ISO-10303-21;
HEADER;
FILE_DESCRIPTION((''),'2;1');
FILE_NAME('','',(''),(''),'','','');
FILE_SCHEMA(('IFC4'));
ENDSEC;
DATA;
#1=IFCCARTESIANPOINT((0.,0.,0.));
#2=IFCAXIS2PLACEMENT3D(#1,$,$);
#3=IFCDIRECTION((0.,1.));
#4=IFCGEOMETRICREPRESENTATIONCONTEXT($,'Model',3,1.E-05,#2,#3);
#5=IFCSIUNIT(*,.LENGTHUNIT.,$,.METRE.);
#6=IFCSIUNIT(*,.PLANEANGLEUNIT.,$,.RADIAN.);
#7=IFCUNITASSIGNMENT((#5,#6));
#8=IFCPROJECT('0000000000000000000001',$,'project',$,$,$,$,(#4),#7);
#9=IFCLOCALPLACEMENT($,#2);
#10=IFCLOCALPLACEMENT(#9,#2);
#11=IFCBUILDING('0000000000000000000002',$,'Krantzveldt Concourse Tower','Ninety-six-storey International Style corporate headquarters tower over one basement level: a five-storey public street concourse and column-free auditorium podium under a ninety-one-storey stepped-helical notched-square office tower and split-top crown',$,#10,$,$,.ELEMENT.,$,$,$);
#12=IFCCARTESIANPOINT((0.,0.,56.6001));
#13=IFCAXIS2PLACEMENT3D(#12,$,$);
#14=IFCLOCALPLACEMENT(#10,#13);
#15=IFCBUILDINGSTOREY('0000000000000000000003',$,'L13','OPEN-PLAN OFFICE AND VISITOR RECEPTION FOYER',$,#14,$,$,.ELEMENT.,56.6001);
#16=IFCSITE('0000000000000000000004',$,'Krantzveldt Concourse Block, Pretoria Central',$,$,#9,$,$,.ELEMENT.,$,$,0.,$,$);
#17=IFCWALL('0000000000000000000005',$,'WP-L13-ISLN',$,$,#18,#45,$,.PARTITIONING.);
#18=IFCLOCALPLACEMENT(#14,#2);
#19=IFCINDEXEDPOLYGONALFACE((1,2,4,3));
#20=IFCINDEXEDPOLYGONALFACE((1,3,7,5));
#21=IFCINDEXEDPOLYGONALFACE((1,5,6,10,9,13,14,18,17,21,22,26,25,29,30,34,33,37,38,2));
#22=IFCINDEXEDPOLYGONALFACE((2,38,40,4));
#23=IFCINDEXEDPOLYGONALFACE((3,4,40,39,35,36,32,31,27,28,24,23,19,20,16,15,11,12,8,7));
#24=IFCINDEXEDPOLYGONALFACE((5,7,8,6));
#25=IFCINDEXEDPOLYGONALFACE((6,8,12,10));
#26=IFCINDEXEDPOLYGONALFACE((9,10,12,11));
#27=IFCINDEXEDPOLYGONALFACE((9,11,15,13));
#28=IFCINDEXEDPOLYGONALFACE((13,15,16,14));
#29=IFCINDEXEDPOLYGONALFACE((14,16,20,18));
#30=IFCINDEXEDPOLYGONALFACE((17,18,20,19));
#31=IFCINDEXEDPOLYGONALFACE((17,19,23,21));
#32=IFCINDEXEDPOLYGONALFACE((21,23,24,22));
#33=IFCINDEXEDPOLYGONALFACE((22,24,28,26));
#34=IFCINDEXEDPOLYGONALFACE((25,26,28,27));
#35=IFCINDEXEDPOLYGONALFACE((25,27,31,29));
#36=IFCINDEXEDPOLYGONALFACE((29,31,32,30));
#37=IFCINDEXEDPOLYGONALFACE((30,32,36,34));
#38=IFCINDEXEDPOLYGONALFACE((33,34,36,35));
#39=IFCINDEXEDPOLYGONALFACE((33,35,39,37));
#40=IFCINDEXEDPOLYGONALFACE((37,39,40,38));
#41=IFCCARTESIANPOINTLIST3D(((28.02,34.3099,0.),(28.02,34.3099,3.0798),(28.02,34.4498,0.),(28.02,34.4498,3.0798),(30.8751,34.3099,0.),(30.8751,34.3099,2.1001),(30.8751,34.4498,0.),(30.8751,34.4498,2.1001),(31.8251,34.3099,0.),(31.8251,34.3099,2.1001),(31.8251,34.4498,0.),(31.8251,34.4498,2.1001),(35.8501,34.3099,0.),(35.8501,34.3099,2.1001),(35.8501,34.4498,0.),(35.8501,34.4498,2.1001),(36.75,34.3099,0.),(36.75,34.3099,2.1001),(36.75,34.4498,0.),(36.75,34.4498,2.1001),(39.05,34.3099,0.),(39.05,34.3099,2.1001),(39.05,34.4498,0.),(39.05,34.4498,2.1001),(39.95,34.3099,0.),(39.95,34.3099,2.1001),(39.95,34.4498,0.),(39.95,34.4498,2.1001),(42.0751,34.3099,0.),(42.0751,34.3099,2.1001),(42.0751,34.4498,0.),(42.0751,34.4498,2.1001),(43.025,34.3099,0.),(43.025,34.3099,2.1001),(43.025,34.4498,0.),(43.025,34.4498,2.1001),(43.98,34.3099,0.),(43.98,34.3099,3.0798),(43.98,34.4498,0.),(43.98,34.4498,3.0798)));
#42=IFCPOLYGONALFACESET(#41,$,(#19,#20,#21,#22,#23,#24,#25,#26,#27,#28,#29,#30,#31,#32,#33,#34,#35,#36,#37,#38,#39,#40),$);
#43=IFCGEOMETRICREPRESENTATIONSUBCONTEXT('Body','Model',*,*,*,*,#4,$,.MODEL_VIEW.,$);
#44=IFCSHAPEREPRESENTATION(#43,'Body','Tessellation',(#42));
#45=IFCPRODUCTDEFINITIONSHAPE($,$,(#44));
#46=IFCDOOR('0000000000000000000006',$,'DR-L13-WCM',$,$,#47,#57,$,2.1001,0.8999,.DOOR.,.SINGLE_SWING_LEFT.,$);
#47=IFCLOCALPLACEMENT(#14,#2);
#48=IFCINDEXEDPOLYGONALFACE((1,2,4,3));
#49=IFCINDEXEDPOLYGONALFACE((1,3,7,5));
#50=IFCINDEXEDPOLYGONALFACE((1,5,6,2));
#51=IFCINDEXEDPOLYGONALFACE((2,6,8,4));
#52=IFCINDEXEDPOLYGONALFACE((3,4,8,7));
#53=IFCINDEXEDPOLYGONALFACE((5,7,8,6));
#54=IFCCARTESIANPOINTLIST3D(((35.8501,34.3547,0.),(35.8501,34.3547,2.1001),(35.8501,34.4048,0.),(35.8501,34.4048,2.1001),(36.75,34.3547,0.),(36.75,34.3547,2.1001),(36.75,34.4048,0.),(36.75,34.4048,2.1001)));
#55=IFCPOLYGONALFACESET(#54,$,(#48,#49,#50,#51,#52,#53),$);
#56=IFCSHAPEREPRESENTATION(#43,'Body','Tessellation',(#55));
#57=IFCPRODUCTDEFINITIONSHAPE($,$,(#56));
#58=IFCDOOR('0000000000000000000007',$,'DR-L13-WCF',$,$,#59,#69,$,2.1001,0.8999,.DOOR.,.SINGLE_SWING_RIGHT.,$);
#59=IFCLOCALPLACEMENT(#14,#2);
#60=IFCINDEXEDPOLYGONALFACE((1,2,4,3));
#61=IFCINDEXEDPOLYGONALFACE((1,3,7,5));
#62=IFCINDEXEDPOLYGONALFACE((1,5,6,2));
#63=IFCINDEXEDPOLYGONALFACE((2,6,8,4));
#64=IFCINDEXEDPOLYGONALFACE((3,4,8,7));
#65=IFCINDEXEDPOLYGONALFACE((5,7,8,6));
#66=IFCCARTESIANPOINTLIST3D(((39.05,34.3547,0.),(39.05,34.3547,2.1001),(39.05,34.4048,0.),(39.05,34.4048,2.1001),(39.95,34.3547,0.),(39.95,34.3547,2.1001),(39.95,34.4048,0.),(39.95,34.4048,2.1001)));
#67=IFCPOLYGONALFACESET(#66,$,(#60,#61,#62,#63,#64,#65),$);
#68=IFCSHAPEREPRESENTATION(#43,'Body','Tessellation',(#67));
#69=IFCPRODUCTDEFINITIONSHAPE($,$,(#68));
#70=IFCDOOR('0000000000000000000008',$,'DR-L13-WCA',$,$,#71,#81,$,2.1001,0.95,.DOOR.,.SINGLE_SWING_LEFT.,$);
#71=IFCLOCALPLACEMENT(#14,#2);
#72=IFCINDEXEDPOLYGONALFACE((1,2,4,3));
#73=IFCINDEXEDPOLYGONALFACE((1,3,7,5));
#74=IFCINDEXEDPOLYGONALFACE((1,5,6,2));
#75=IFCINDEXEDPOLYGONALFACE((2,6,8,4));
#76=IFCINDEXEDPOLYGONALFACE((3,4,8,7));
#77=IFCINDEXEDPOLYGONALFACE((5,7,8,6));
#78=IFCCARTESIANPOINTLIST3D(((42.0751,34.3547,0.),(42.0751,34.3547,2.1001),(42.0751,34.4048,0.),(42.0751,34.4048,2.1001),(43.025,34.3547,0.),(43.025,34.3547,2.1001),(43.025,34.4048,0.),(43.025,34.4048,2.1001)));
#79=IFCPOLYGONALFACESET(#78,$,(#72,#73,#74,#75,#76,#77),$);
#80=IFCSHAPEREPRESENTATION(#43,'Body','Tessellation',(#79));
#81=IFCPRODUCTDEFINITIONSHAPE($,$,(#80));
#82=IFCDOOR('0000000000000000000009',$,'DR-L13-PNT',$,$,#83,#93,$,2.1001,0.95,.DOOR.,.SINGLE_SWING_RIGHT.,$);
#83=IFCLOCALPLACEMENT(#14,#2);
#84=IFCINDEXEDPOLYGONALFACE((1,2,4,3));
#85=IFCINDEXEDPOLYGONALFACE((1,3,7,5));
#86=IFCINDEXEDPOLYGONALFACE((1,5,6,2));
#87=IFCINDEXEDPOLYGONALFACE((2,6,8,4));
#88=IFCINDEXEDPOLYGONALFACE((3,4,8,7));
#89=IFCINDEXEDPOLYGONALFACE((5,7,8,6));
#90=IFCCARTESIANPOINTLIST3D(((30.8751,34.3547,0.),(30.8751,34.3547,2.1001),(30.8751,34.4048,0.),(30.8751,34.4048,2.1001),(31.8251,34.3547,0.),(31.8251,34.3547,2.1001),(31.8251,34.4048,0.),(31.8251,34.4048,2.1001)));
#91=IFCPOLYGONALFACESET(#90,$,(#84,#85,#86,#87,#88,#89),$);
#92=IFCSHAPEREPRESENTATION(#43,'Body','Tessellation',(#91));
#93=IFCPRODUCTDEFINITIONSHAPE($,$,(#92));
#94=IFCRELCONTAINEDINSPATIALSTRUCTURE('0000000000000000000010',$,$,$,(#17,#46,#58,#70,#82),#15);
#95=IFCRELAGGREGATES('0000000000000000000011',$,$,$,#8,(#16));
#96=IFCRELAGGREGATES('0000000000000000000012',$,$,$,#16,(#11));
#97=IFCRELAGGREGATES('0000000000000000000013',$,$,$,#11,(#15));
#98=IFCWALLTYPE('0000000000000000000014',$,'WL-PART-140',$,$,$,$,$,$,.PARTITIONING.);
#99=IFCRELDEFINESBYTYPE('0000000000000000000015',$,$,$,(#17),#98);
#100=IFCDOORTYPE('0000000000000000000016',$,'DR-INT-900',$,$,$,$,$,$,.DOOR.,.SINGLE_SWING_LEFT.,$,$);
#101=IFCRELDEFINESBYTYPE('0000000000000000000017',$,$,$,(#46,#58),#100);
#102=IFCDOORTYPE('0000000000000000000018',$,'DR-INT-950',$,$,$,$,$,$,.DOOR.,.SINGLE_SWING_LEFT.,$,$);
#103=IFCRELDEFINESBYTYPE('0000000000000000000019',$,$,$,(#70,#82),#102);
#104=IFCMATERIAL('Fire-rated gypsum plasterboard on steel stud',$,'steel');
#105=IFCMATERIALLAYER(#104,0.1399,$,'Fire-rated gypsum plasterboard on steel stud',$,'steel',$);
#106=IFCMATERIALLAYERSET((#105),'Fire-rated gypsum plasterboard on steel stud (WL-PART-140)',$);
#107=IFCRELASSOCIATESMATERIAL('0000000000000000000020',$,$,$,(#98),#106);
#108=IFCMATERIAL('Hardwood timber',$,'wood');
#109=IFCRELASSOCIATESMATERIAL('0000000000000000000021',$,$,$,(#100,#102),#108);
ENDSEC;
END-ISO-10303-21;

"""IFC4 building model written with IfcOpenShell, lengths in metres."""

from ifc_helpers import new_model, si_unit, direction, frame, frame_2d, origin, place, context, subcontext, project, spatial, rectangle, extrude, material, layer, layer_set, type_object, element, fill, save


model = new_model("IFC4")

# Units and contexts
model_context = context("Model", 3, precision=1e-05, world=origin(), true_north=direction((0.0, 1.0)))
body_context = subcontext(model_context, "Body", "Model", "MODEL_VIEW")
ifc_project = project(units=[si_unit("LENGTHUNIT", "METRE"), si_unit("PLANEANGLEUNIT", "RADIAN")], contexts=[model_context])

# Site, building, storey
site_placement = place(None, origin())
site = spatial("IfcSite", under=ifc_project, at=site_placement, Name="Krantzveldt Concourse Block, Pretoria Central", CompositionType="ELEMENT", RefElevation=0.0)
building_placement = place(site_placement, origin())
building = spatial("IfcBuilding", under=site, at=building_placement, Name="Krantzveldt Concourse Tower", Description="Ninety-six-storey International Style corporate headquarters tower over one basement level: a five-storey public street concourse and column-free auditorium podium under a ninety-one-storey stepped-helical notched-square office tower and split-top crown", CompositionType="ELEMENT")
storey_placement = place(building_placement, frame((0.0, 0.0, 56.6001)))
storey = spatial("IfcBuildingStorey", under=building, at=storey_placement, Name="L13", Description="OPEN-PLAN OFFICE AND VISITOR RECEPTION FOYER", CompositionType="ELEMENT", Elevation=56.6001)

# Shared definitions
ifc_material_1 = material(Name="Fire-rated gypsum plasterboard on steel stud", Category="steel")

# Wall, openings, doors
ifc_layer_1 = layer(ifc_material_1, 0.1399, Name="Fire-rated gypsum plasterboard on steel stud", Category="steel")
ifc_layer_set_1 = layer_set([ifc_layer_1], Name="Fire-rated gypsum plasterboard on steel stud (WL-PART-140)")
wall_type_1 = type_object("IfcWallType", Name="WL-PART-140", PredefinedType="PARTITIONING", material=ifc_layer_set_1)
wall_1_placement = place(storey_placement, frame((28.02, 34.3799, 0.0), z_axis=(0.0, 0.0, 1.0), x_axis=(1.0, 0.0, 0.0)))
wall_1 = element("IfcWall", 1, at=wall_1_placement, inside=storey, type_object=wall_type_1, Name="WP-L13-ISLN", PredefinedType="PARTITIONING", context=body_context, shape_type="SweptSolid", body=[
    extrude(rectangle(XDim=15.96, YDim=0.1399, at=frame_2d((7.98, 0.0))), origin(), (0.0, 0.0, 1.0), 3.0798),
])
opening_1_placement = place(wall_1_placement, frame((7.8301, 0.0, 0.0)))
opening_1 = element("IfcOpeningElement", 2, at=opening_1_placement, cuts=wall_1, PredefinedType="OPENING", context=body_context, shape_type="SweptSolid", body=[
    extrude(rectangle(XDim=0.8999, YDim=2.1001, at=frame_2d((0.45, 1.05))), frame((0.0, 0.0801, 0.0), z_axis=(0.0, -1.0, 0.0), x_axis=(1.0, 0.0, 0.0)), (0.0, 0.0, 1.0), 0.1599),
])
opening_2_placement = place(wall_1_placement, frame((11.03, 0.0, 0.0)))
opening_2 = element("IfcOpeningElement", 3, at=opening_2_placement, cuts=wall_1, PredefinedType="OPENING", context=body_context, shape_type="SweptSolid", body=[
    extrude(rectangle(XDim=0.8999, YDim=2.1001, at=frame_2d((0.45, 1.05))), frame((0.0, 0.0801, 0.0), z_axis=(0.0, -1.0, 0.0), x_axis=(1.0, 0.0, 0.0)), (0.0, 0.0, 1.0), 0.1599),
])
opening_3_placement = place(wall_1_placement, frame((14.0549, 0.0, 0.0)))
opening_3 = element("IfcOpeningElement", 4, at=opening_3_placement, cuts=wall_1, PredefinedType="OPENING", context=body_context, shape_type="SweptSolid", body=[
    extrude(rectangle(XDim=0.95, YDim=2.1001, at=frame_2d((0.4751, 1.05))), frame((0.0, 0.0801, 0.0), z_axis=(0.0, -1.0, 0.0), x_axis=(1.0, 0.0, 0.0)), (0.0, 0.0, 1.0), 0.1599),
])
opening_4_placement = place(wall_1_placement, frame((2.855, 0.0, 0.0)))
opening_4 = element("IfcOpeningElement", 5, at=opening_4_placement, cuts=wall_1, PredefinedType="OPENING", context=body_context, shape_type="SweptSolid", body=[
    extrude(rectangle(XDim=0.95, YDim=2.1001, at=frame_2d((0.4751, 1.05))), frame((0.0, 0.0801, 0.0), z_axis=(0.0, -1.0, 0.0), x_axis=(1.0, 0.0, 0.0)), (0.0, 0.0, 1.0), 0.1599),
])
ifc_material_2 = material(Name="Hardwood timber", Category="wood")
door_type_1 = type_object("IfcDoorType", Name="DR-INT-900", OperationType="SINGLE_SWING_LEFT", PredefinedType="DOOR", material=ifc_material_2)
door_1_placement = place(opening_1_placement, origin())
door_1 = element("IfcDoor", 6, at=door_1_placement, inside=storey, type_object=door_type_1, Name="DR-L13-WCM", OperationType="SINGLE_SWING_LEFT", OverallHeight=2.1001, OverallWidth=0.8999, PredefinedType="DOOR", context=body_context, shape_type="SweptSolid", body=[
    extrude(rectangle(XDim=0.8999, YDim=2.1001, at=frame_2d((0.45, 1.05))), frame((0.0, 0.0249, 0.0), z_axis=(0.0, -1.0, 0.0), x_axis=(1.0, 0.0, 0.0)), (0.0, 0.0, 1.0), 0.05),
])
fill(opening_1, door_1)
door_2_placement = place(opening_2_placement, origin())
door_2 = element("IfcDoor", 7, at=door_2_placement, inside=storey, type_object=door_type_1, Name="DR-L13-WCF", OperationType="SINGLE_SWING_RIGHT", OverallHeight=2.1001, OverallWidth=0.8999, PredefinedType="DOOR", context=body_context, shape_type="SweptSolid", body=[
    extrude(rectangle(XDim=0.8999, YDim=2.1001, at=frame_2d((0.45, 1.05))), frame((0.0, 0.0249, 0.0), z_axis=(0.0, -1.0, 0.0), x_axis=(1.0, 0.0, 0.0)), (0.0, 0.0, 1.0), 0.05),
])
fill(opening_2, door_2)
door_type_2 = type_object("IfcDoorType", Name="DR-INT-950", OperationType="SINGLE_SWING_LEFT", PredefinedType="DOOR", material=ifc_material_2)
door_3_placement = place(opening_3_placement, origin())
door_3 = element("IfcDoor", 8, at=door_3_placement, inside=storey, type_object=door_type_2, Name="DR-L13-WCA", OperationType="SINGLE_SWING_LEFT", OverallHeight=2.1001, OverallWidth=0.95, PredefinedType="DOOR", context=body_context, shape_type="SweptSolid", body=[
    extrude(rectangle(XDim=0.95, YDim=2.1001, at=frame_2d((0.4751, 1.05))), frame((0.0, 0.0249, 0.0), z_axis=(0.0, -1.0, 0.0), x_axis=(1.0, 0.0, 0.0)), (0.0, 0.0, 1.0), 0.05),
])
fill(opening_3, door_3)
door_4_placement = place(opening_4_placement, origin())
door_4 = element("IfcDoor", 9, at=door_4_placement, inside=storey, type_object=door_type_2, Name="DR-L13-PNT", OperationType="SINGLE_SWING_RIGHT", OverallHeight=2.1001, OverallWidth=0.95, PredefinedType="DOOR", context=body_context, shape_type="SweptSolid", body=[
    extrude(rectangle(XDim=0.95, YDim=2.1001, at=frame_2d((0.4751, 1.05))), frame((0.0, 0.0249, 0.0), z_axis=(0.0, -1.0, 0.0), x_axis=(1.0, 0.0, 0.0)), (0.0, 0.0, 1.0), 0.05),
])
fill(opening_4, door_4)

save(model, "model.ifc")
